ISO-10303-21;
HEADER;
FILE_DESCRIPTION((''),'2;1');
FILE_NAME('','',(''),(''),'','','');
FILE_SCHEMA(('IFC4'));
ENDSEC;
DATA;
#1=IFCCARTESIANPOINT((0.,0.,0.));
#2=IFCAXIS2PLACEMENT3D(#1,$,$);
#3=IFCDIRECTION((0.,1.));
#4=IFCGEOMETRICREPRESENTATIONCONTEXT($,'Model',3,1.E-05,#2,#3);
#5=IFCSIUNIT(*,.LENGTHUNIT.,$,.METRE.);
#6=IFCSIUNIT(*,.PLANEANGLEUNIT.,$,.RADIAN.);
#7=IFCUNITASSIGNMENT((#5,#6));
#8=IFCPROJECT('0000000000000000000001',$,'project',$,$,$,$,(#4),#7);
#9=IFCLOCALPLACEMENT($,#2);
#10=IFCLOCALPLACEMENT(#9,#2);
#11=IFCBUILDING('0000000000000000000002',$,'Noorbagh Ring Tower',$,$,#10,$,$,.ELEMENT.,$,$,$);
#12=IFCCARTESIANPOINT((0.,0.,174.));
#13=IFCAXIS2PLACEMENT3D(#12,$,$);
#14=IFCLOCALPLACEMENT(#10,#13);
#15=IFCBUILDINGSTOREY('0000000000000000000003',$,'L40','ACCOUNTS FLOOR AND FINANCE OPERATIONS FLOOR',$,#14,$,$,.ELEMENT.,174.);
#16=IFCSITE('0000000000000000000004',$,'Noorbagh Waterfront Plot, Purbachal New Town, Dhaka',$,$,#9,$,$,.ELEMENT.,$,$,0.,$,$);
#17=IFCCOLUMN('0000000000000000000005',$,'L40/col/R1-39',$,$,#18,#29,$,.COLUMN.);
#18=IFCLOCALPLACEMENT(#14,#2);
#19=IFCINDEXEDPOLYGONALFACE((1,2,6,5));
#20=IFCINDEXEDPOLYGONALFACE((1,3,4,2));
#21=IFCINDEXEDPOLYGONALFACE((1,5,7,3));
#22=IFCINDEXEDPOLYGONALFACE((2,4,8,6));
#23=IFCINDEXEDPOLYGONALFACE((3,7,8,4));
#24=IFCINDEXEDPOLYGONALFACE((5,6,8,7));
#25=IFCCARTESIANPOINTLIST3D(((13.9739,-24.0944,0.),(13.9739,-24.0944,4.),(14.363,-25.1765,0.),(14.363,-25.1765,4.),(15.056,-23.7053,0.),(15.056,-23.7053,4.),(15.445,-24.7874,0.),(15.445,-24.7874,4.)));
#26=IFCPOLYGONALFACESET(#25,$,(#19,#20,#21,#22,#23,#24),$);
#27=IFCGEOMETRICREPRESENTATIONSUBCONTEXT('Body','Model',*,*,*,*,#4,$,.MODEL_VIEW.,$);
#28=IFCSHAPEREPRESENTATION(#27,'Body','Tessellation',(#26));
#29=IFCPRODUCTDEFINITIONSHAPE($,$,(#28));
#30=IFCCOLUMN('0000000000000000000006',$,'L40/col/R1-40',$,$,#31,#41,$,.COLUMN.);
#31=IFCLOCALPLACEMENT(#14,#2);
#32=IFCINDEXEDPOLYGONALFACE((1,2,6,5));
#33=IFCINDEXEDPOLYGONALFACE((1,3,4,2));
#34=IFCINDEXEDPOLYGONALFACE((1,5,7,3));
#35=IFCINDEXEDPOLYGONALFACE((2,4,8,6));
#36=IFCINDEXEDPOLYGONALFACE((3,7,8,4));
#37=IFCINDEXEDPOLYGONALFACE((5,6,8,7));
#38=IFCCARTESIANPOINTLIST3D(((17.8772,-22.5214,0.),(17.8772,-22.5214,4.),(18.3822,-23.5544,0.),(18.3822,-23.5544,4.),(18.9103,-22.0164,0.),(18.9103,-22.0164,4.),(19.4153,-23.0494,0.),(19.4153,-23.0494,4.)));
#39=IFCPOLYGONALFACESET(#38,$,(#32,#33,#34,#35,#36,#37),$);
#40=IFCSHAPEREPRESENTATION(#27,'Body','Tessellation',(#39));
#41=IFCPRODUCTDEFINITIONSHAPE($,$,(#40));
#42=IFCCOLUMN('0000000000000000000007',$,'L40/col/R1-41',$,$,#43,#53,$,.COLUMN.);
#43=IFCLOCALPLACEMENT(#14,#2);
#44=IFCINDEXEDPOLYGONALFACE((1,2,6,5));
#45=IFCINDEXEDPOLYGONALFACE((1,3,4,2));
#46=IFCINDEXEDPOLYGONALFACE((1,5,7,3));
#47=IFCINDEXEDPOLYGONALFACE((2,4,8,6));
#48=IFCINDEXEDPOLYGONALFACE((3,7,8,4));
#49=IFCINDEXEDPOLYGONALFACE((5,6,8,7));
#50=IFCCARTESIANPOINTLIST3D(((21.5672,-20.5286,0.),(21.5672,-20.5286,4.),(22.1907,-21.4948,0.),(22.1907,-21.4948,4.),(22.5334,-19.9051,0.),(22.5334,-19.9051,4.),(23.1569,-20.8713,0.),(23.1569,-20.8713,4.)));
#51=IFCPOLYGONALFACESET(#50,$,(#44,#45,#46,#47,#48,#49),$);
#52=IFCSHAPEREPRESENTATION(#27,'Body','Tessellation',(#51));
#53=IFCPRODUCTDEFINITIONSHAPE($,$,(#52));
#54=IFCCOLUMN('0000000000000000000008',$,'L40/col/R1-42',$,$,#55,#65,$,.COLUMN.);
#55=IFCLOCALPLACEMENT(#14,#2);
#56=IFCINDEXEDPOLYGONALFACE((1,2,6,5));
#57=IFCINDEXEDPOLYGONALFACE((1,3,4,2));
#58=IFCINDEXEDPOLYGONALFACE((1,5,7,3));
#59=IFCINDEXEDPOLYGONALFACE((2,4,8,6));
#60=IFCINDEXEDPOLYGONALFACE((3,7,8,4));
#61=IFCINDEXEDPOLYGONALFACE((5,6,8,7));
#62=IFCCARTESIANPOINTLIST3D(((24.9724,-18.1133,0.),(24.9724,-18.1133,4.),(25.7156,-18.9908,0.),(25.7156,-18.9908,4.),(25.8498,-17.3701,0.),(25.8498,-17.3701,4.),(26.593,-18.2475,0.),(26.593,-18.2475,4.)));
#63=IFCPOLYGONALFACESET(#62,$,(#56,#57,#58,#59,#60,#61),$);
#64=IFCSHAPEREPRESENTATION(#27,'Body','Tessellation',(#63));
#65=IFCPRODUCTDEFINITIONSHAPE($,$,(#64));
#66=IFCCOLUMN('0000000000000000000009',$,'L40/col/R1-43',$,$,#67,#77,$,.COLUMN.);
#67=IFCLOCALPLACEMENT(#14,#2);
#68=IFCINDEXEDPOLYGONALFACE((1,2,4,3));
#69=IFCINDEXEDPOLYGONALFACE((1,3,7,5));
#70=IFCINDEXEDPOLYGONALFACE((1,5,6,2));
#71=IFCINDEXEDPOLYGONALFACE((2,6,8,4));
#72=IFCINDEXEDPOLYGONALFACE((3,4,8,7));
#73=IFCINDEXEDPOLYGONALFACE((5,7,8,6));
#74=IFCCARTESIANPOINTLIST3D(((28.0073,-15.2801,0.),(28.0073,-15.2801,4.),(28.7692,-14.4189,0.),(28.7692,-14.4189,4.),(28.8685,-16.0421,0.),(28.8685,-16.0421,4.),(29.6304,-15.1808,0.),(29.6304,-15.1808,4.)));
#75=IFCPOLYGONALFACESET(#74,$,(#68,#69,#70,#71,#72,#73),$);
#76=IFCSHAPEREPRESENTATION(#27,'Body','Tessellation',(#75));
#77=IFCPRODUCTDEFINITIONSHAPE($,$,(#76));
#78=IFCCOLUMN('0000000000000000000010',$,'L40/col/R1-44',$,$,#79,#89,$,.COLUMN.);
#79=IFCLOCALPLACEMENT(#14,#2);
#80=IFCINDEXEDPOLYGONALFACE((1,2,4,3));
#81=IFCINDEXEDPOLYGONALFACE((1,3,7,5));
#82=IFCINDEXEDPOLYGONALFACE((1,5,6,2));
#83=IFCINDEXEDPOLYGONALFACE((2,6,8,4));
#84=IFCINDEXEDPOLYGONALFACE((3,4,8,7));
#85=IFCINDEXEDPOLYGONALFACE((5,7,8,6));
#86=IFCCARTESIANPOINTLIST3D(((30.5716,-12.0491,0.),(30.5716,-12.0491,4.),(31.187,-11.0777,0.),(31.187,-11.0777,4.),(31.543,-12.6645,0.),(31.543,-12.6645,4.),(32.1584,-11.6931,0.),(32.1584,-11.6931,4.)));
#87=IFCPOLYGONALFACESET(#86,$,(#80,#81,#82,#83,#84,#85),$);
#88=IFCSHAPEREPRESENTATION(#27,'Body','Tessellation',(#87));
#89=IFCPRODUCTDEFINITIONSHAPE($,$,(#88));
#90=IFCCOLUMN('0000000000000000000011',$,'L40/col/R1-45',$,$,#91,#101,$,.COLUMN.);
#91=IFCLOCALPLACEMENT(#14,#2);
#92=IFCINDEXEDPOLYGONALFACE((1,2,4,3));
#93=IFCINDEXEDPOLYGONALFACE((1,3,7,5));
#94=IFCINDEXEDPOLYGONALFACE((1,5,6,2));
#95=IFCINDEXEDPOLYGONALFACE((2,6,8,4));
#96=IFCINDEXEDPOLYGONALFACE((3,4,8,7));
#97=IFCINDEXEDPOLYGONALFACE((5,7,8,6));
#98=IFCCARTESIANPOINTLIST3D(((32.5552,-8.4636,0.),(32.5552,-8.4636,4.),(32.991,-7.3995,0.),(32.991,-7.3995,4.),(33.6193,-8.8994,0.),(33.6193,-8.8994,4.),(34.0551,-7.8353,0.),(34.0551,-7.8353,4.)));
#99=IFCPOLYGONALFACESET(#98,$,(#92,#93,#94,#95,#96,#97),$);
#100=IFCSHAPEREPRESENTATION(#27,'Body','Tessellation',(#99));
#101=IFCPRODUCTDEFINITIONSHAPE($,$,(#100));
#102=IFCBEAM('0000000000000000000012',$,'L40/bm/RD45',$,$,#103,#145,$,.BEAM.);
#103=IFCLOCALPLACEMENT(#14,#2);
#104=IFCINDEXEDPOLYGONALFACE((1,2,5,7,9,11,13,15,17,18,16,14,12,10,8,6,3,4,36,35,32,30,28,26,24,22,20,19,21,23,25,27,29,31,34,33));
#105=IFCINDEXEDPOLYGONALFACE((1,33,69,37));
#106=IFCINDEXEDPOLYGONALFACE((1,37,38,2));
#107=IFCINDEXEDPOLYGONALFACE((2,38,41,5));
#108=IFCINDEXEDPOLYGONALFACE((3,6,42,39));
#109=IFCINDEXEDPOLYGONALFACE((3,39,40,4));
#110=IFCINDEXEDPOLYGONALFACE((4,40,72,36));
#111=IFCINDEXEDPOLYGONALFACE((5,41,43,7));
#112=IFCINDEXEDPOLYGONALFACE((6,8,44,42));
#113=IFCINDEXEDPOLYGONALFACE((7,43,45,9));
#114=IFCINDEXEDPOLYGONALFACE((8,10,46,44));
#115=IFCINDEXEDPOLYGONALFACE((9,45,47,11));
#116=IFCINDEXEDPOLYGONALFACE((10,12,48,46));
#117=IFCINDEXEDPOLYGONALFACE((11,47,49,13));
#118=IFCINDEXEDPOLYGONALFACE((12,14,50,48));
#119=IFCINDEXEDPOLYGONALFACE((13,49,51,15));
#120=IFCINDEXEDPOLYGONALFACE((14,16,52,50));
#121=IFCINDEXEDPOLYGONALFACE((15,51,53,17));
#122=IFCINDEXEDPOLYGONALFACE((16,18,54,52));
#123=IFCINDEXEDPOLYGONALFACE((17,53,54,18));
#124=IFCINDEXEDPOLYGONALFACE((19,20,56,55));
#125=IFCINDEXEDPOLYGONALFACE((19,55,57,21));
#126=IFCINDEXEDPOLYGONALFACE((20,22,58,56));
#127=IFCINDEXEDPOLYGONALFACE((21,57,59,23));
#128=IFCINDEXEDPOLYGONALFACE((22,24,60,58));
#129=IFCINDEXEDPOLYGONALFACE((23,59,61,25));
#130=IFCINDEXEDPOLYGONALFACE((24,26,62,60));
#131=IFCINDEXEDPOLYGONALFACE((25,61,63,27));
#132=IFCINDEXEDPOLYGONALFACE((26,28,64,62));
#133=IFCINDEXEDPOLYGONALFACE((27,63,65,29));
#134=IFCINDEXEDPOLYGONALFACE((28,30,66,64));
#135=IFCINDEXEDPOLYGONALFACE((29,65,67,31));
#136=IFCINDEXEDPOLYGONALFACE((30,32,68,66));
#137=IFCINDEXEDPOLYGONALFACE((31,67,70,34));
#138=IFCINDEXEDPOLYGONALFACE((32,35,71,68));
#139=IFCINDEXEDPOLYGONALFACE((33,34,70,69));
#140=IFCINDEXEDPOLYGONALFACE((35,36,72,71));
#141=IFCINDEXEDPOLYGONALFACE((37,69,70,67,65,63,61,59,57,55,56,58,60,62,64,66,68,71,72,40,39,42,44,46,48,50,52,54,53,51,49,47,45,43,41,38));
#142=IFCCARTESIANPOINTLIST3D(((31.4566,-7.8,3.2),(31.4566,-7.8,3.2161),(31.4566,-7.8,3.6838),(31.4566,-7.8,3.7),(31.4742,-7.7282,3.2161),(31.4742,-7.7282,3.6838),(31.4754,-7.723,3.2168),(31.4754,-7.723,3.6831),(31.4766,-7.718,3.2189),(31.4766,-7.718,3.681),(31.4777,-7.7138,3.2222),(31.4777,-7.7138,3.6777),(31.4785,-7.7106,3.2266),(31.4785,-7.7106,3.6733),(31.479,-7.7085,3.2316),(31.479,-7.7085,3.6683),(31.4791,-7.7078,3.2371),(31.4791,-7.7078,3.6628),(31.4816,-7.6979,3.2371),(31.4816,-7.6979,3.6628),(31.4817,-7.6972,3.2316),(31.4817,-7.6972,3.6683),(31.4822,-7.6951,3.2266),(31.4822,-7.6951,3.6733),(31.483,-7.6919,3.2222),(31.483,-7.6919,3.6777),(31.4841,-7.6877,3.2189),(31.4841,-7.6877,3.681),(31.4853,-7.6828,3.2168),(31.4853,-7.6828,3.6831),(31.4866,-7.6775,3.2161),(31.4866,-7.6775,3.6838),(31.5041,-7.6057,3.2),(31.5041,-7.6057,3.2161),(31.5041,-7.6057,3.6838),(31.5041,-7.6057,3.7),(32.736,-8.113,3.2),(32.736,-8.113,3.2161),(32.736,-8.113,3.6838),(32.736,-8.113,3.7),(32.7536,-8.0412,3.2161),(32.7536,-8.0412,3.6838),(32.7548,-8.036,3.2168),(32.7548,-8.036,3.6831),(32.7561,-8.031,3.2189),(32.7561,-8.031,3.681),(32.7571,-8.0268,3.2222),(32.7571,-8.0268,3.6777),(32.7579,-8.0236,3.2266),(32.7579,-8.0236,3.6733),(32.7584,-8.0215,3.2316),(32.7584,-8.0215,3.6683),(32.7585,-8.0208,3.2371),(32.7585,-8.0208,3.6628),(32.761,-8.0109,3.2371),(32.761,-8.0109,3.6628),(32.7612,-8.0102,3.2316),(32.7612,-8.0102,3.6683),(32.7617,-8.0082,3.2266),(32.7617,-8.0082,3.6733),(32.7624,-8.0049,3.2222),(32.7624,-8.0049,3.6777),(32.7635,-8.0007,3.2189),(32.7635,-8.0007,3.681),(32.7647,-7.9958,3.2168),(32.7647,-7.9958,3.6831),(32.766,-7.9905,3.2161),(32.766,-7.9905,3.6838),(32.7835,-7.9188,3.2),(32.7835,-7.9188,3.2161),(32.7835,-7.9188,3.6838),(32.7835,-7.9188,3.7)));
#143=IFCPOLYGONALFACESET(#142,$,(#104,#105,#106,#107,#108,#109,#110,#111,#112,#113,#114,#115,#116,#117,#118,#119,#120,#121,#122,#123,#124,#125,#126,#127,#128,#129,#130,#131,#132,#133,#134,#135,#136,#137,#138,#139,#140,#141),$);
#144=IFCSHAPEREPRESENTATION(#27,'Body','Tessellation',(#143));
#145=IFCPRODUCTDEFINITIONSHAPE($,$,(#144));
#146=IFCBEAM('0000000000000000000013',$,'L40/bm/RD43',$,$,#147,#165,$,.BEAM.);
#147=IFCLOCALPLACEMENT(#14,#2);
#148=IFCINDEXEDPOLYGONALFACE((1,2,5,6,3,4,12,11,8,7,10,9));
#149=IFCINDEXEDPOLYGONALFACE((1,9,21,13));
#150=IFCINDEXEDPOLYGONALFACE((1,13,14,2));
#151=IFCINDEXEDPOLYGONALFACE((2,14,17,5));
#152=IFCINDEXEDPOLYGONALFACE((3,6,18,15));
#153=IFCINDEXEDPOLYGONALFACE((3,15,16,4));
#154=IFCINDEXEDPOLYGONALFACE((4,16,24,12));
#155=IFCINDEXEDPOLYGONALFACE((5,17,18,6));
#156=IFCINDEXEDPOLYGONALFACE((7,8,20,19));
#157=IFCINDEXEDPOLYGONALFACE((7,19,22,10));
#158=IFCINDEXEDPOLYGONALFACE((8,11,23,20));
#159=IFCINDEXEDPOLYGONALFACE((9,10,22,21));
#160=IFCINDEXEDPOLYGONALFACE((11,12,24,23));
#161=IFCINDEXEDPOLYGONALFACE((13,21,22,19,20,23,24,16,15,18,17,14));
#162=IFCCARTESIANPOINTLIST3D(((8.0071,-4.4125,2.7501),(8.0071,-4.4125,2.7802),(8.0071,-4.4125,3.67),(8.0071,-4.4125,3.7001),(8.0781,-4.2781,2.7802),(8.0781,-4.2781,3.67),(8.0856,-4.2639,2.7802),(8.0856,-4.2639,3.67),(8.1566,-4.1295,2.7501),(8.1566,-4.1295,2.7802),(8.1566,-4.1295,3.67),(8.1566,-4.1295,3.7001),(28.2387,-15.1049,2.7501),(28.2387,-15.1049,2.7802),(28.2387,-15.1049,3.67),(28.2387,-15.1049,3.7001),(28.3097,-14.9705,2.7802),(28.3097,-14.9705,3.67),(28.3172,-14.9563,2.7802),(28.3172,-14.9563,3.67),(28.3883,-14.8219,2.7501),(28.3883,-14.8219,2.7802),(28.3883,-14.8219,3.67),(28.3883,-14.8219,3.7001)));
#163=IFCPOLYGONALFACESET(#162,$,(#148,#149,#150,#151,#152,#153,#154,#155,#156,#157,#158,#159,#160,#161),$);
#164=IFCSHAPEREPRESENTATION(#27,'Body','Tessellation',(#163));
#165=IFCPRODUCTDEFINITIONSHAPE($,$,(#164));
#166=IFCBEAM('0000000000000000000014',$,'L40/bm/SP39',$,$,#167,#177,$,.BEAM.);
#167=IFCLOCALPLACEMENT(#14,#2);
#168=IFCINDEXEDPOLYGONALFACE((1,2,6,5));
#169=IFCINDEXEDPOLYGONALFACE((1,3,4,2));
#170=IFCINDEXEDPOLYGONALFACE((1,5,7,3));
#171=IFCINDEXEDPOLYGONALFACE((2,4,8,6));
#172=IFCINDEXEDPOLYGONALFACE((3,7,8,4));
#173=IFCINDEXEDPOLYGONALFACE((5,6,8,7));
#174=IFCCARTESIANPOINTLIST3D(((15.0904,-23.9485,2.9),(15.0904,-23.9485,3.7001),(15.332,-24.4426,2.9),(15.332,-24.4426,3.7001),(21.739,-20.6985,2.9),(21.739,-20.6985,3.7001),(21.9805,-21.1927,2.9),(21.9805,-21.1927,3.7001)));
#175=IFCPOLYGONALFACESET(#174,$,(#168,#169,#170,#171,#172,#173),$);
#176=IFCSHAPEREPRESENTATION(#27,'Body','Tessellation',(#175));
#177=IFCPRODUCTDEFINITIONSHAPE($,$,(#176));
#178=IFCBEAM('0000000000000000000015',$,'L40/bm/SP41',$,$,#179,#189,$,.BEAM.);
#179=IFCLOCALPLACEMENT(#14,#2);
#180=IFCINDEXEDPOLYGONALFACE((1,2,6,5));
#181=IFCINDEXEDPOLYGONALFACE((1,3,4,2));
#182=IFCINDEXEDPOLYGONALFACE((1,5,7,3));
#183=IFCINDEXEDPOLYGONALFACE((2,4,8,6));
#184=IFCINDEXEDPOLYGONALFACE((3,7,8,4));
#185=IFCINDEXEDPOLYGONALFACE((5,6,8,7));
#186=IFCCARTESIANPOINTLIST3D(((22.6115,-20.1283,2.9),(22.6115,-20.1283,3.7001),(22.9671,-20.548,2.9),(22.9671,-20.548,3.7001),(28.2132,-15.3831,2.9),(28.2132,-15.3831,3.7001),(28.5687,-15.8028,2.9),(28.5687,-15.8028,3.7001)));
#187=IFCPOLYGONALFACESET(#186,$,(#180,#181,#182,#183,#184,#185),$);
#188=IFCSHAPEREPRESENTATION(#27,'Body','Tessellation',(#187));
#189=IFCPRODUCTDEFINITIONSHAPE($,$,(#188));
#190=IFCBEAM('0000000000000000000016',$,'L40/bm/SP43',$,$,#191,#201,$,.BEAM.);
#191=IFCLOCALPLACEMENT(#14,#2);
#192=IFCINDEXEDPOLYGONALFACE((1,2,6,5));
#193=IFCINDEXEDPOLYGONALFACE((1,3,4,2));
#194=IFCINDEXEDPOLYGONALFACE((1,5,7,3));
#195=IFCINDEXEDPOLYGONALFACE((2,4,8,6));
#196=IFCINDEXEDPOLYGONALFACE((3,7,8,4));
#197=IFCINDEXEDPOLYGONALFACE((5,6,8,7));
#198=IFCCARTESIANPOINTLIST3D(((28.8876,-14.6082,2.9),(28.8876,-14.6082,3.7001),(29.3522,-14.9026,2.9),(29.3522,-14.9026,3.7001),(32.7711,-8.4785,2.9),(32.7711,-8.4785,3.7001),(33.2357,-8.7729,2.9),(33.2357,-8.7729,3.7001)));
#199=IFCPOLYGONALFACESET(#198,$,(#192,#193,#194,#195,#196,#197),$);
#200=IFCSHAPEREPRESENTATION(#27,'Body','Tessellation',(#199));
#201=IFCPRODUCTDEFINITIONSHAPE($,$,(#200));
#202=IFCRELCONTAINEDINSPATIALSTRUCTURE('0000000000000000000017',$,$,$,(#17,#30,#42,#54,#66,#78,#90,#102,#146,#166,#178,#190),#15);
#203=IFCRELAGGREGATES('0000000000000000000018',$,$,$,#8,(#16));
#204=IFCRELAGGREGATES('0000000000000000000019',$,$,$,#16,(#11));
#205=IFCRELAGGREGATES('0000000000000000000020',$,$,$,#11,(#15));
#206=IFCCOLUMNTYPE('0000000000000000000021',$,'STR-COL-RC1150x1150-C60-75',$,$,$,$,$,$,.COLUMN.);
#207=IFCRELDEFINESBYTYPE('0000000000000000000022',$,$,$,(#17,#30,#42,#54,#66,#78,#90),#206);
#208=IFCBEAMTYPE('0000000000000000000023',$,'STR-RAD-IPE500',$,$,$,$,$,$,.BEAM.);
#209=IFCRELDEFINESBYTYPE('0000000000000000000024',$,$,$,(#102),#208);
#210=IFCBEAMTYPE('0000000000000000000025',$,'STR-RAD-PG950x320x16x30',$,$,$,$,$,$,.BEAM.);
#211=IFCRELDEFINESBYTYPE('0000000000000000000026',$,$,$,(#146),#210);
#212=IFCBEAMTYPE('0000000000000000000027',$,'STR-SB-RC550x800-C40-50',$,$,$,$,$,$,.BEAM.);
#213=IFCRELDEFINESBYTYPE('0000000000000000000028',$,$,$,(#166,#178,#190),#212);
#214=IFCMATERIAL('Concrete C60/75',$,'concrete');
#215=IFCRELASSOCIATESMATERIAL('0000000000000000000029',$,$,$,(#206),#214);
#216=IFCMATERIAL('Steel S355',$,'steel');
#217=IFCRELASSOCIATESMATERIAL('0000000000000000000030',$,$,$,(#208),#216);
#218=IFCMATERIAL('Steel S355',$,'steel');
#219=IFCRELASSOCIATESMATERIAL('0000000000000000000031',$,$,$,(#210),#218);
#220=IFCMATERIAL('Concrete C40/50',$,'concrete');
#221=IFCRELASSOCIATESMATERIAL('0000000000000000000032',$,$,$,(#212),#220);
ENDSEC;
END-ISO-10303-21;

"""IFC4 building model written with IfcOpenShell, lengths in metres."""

from ifc_helpers import new_model, si_unit, direction, frame, origin, origin_2d, place, context, subcontext, project, spatial, rectangle, i_section, extrude, material, material_profile, profile_set, type_object, element, save


model = new_model("IFC4")

# Units and contexts
model_context = context("Model", 3, precision=1e-05, world=origin(), true_north=direction((0.0, 1.0)))
body_context = subcontext(model_context, "Body", "Model", "MODEL_VIEW")
ifc_project = project(units=[si_unit("LENGTHUNIT", "METRE"), si_unit("PLANEANGLEUNIT", "RADIAN")], contexts=[model_context])

# Site, building, storey
site_placement = place(None, origin())
site = spatial("IfcSite", under=ifc_project, at=site_placement, Name="Noorbagh Waterfront Plot, Purbachal New Town, Dhaka", CompositionType="ELEMENT", RefElevation=0.0)
building_placement = place(site_placement, origin())
building = spatial("IfcBuilding", under=site, at=building_placement, Name="Noorbagh Ring Tower", CompositionType="ELEMENT")
storey_placement = place(building_placement, frame((0.0, 0.0, 174.0)))
storey = spatial("IfcBuildingStorey", under=building, at=storey_placement, Name="L40", Description="ACCOUNTS FLOOR AND FINANCE OPERATIONS FLOOR", CompositionType="ELEMENT", Elevation=174.0)

# Columns
ifc_material_1 = material(Name="Concrete C60/75", Category="concrete")
ifc_material_profile_1 = material_profile(ifc_material_1, rectangle(XDim=1.1499, YDim=1.1499, at=origin_2d()), Name="RC1150x1150")
ifc_profile_set_1 = profile_set([ifc_material_profile_1], Name="Concrete C60/75")
column_type = type_object("IfcColumnType", Name="STR-COL-RC1150x1150-C60-75", PredefinedType="COLUMN", material=ifc_profile_set_1)
for number, where, z_axis, x_axis, name in (
    (1, (14.7095, -24.4409, 0.0), (0.0, 0.0, 1.0), (0.941025, 0.338338, 0.0), "L40/col/R1-39"),
    (2, (18.6462, -22.7854, 0.0), (0.0, 0.0, 1.0), (0.898399, 0.43918, 0.0), "L40/col/R1-40"),
    (3, (22.3621, -20.7, 0.0), (0.0, 0.0, 1.0), (0.840248, 0.542203, 0.0), "L40/col/R1-41"),
    (4, (25.7827, -18.1804, 0.0), (0.0, 0.0, 1.0), (0.763035, 0.646357, 0.0), "L40/col/R1-42"),
    (5, (28.8188, -15.2305, 0.0), (0.0, 0.0, 1.0), (0.662636, 0.748942, 0.0), "L40/col/R1-43"),
    (6, (31.365, -11.8711, 0.0), (0.0, 0.0, 1.0), (0.53519, 0.844731, 0.0), "L40/col/R1-44"),
    (7, (33.3052, -8.1494, 0.0), (0.0, 0.0, 1.0), (0.378989, 0.925401, 0.0), "L40/col/R1-45"),
):
    element("IfcColumn", number, at=place(storey_placement, frame(where, z_axis=z_axis, x_axis=x_axis)), inside=storey, type_object=column_type, Name=name, PredefinedType="COLUMN", context=body_context, shape_type="SweptSolid", body=[
        extrude(rectangle(XDim=1.1499, YDim=1.1499, at=origin_2d()), origin(), (0.0, 0.0, 1.0), 4.0),
    ])

# Beams
ifc_material_2 = material(Name="Steel S355", Category="steel")
ifc_material_profile_2 = material_profile(ifc_material_2, i_section(OverallWidth=0.2, OverallDepth=0.5, WebThickness=0.0103, FlangeThickness=0.0161, FilletRadius=0.021, at=origin_2d()), Name="IPE500")
ifc_profile_set_2 = profile_set([ifc_material_profile_2], Name="Steel S355")
beam_type_1 = type_object("IfcBeamType", Name="STR-RAD-IPE500", PredefinedType="BEAM", material=ifc_profile_set_2)
beam_1_placement = place(storey_placement, frame((32.7598, -8.0159, 3.45), z_axis=(-0.971351, 0.237647, 0.0), x_axis=(-0.237647, -0.971351, 0.0)))
element("IfcBeam", 8, at=beam_1_placement, inside=storey, type_object=beam_type_1, Name="L40/bm/RD45", PredefinedType="BEAM", context=body_context, shape_type="SweptSolid", body=[
    extrude(i_section(OverallWidth=0.2, OverallDepth=0.5, WebThickness=0.0103, FlangeThickness=0.0161, FilletRadius=0.021, at=origin_2d()), origin(), (0.0, 0.0, 1.0), 1.3171),
])
ifc_material_3 = material(Name="Steel S355", Category="steel")
ifc_material_profile_3 = material_profile(ifc_material_3, i_section(OverallWidth=0.3201, OverallDepth=0.95, WebThickness=0.0161, FlangeThickness=0.03, at=origin_2d()), Name="PG950x320x16x30")
ifc_profile_set_3 = profile_set([ifc_material_profile_3], Name="Steel S355")
beam_type_2 = type_object("IfcBeamType", Name="STR-RAD-PG950x320x16x30", PredefinedType="BEAM", material=ifc_profile_set_3)
beam_2_placement = place(storey_placement, frame((28.3135, -14.9634, 3.2251), z_axis=(-0.884122, 0.467256, 0.0), x_axis=(-0.467256, -0.884122, 0.0)))
element("IfcBeam", 9, at=beam_2_placement, inside=storey, type_object=beam_type_2, Name="L40/bm/RD43", PredefinedType="BEAM", context=body_context, shape_type="SweptSolid", body=[
    extrude(i_section(OverallWidth=0.3201, OverallDepth=0.95, WebThickness=0.0161, FlangeThickness=0.03, at=origin_2d()), origin(), (0.0, 0.0, 1.0), 22.8833),
])
ifc_material_4 = material(Name="Concrete C40/50", Category="concrete")
ifc_material_profile_4 = material_profile(ifc_material_4, rectangle(XDim=0.55, YDim=0.8, at=origin_2d()), Name="RC550x800")
ifc_profile_set_4 = profile_set([ifc_material_profile_4], Name="Concrete C40/50")
beam_type_3 = type_object("IfcBeamType", Name="STR-SB-RC550x800-C40-50", PredefinedType="BEAM", material=ifc_profile_set_4)
beam_3_placement = place(storey_placement, frame((15.2112, -24.1956, 3.3), z_axis=(0.898409, 0.439159, 0.0), x_axis=(-0.439159, 0.898409, 0.0)))
element("IfcBeam", 10, at=beam_3_placement, inside=storey, type_object=beam_type_3, Name="L40/bm/SP39", PredefinedType="BEAM", context=body_context, shape_type="SweptSolid", body=[
    extrude(rectangle(XDim=0.55, YDim=0.8, at=origin_2d()), origin(), (0.0, 0.0, 1.0), 7.4004),
])
beam_4_placement = place(storey_placement, frame((22.7893, -20.3381, 3.3), z_axis=(0.763028, 0.646366, 0.0), x_axis=(-0.646366, 0.763028, 0.0)))
element("IfcBeam", 11, at=beam_4_placement, inside=storey, type_object=beam_type_3, Name="L40/bm/SP41", PredefinedType="BEAM", context=body_context, shape_type="SweptSolid", body=[
    extrude(rectangle(XDim=0.55, YDim=0.8, at=origin_2d()), origin(), (0.0, 0.0, 1.0), 7.3413),
])
beam_5_placement = place(storey_placement, frame((29.1199, -14.7554, 3.3), z_axis=(0.535194, 0.844729, 0.0), x_axis=(-0.844729, 0.535194, 0.0)))
element("IfcBeam", 12, at=beam_5_placement, inside=storey, type_object=beam_type_3, Name="L40/bm/SP43", PredefinedType="BEAM", context=body_context, shape_type="SweptSolid", body=[
    extrude(rectangle(XDim=0.55, YDim=0.8, at=origin_2d()), origin(), (0.0, 0.0, 1.0), 7.2563),
])

save(model, "model.ifc")
